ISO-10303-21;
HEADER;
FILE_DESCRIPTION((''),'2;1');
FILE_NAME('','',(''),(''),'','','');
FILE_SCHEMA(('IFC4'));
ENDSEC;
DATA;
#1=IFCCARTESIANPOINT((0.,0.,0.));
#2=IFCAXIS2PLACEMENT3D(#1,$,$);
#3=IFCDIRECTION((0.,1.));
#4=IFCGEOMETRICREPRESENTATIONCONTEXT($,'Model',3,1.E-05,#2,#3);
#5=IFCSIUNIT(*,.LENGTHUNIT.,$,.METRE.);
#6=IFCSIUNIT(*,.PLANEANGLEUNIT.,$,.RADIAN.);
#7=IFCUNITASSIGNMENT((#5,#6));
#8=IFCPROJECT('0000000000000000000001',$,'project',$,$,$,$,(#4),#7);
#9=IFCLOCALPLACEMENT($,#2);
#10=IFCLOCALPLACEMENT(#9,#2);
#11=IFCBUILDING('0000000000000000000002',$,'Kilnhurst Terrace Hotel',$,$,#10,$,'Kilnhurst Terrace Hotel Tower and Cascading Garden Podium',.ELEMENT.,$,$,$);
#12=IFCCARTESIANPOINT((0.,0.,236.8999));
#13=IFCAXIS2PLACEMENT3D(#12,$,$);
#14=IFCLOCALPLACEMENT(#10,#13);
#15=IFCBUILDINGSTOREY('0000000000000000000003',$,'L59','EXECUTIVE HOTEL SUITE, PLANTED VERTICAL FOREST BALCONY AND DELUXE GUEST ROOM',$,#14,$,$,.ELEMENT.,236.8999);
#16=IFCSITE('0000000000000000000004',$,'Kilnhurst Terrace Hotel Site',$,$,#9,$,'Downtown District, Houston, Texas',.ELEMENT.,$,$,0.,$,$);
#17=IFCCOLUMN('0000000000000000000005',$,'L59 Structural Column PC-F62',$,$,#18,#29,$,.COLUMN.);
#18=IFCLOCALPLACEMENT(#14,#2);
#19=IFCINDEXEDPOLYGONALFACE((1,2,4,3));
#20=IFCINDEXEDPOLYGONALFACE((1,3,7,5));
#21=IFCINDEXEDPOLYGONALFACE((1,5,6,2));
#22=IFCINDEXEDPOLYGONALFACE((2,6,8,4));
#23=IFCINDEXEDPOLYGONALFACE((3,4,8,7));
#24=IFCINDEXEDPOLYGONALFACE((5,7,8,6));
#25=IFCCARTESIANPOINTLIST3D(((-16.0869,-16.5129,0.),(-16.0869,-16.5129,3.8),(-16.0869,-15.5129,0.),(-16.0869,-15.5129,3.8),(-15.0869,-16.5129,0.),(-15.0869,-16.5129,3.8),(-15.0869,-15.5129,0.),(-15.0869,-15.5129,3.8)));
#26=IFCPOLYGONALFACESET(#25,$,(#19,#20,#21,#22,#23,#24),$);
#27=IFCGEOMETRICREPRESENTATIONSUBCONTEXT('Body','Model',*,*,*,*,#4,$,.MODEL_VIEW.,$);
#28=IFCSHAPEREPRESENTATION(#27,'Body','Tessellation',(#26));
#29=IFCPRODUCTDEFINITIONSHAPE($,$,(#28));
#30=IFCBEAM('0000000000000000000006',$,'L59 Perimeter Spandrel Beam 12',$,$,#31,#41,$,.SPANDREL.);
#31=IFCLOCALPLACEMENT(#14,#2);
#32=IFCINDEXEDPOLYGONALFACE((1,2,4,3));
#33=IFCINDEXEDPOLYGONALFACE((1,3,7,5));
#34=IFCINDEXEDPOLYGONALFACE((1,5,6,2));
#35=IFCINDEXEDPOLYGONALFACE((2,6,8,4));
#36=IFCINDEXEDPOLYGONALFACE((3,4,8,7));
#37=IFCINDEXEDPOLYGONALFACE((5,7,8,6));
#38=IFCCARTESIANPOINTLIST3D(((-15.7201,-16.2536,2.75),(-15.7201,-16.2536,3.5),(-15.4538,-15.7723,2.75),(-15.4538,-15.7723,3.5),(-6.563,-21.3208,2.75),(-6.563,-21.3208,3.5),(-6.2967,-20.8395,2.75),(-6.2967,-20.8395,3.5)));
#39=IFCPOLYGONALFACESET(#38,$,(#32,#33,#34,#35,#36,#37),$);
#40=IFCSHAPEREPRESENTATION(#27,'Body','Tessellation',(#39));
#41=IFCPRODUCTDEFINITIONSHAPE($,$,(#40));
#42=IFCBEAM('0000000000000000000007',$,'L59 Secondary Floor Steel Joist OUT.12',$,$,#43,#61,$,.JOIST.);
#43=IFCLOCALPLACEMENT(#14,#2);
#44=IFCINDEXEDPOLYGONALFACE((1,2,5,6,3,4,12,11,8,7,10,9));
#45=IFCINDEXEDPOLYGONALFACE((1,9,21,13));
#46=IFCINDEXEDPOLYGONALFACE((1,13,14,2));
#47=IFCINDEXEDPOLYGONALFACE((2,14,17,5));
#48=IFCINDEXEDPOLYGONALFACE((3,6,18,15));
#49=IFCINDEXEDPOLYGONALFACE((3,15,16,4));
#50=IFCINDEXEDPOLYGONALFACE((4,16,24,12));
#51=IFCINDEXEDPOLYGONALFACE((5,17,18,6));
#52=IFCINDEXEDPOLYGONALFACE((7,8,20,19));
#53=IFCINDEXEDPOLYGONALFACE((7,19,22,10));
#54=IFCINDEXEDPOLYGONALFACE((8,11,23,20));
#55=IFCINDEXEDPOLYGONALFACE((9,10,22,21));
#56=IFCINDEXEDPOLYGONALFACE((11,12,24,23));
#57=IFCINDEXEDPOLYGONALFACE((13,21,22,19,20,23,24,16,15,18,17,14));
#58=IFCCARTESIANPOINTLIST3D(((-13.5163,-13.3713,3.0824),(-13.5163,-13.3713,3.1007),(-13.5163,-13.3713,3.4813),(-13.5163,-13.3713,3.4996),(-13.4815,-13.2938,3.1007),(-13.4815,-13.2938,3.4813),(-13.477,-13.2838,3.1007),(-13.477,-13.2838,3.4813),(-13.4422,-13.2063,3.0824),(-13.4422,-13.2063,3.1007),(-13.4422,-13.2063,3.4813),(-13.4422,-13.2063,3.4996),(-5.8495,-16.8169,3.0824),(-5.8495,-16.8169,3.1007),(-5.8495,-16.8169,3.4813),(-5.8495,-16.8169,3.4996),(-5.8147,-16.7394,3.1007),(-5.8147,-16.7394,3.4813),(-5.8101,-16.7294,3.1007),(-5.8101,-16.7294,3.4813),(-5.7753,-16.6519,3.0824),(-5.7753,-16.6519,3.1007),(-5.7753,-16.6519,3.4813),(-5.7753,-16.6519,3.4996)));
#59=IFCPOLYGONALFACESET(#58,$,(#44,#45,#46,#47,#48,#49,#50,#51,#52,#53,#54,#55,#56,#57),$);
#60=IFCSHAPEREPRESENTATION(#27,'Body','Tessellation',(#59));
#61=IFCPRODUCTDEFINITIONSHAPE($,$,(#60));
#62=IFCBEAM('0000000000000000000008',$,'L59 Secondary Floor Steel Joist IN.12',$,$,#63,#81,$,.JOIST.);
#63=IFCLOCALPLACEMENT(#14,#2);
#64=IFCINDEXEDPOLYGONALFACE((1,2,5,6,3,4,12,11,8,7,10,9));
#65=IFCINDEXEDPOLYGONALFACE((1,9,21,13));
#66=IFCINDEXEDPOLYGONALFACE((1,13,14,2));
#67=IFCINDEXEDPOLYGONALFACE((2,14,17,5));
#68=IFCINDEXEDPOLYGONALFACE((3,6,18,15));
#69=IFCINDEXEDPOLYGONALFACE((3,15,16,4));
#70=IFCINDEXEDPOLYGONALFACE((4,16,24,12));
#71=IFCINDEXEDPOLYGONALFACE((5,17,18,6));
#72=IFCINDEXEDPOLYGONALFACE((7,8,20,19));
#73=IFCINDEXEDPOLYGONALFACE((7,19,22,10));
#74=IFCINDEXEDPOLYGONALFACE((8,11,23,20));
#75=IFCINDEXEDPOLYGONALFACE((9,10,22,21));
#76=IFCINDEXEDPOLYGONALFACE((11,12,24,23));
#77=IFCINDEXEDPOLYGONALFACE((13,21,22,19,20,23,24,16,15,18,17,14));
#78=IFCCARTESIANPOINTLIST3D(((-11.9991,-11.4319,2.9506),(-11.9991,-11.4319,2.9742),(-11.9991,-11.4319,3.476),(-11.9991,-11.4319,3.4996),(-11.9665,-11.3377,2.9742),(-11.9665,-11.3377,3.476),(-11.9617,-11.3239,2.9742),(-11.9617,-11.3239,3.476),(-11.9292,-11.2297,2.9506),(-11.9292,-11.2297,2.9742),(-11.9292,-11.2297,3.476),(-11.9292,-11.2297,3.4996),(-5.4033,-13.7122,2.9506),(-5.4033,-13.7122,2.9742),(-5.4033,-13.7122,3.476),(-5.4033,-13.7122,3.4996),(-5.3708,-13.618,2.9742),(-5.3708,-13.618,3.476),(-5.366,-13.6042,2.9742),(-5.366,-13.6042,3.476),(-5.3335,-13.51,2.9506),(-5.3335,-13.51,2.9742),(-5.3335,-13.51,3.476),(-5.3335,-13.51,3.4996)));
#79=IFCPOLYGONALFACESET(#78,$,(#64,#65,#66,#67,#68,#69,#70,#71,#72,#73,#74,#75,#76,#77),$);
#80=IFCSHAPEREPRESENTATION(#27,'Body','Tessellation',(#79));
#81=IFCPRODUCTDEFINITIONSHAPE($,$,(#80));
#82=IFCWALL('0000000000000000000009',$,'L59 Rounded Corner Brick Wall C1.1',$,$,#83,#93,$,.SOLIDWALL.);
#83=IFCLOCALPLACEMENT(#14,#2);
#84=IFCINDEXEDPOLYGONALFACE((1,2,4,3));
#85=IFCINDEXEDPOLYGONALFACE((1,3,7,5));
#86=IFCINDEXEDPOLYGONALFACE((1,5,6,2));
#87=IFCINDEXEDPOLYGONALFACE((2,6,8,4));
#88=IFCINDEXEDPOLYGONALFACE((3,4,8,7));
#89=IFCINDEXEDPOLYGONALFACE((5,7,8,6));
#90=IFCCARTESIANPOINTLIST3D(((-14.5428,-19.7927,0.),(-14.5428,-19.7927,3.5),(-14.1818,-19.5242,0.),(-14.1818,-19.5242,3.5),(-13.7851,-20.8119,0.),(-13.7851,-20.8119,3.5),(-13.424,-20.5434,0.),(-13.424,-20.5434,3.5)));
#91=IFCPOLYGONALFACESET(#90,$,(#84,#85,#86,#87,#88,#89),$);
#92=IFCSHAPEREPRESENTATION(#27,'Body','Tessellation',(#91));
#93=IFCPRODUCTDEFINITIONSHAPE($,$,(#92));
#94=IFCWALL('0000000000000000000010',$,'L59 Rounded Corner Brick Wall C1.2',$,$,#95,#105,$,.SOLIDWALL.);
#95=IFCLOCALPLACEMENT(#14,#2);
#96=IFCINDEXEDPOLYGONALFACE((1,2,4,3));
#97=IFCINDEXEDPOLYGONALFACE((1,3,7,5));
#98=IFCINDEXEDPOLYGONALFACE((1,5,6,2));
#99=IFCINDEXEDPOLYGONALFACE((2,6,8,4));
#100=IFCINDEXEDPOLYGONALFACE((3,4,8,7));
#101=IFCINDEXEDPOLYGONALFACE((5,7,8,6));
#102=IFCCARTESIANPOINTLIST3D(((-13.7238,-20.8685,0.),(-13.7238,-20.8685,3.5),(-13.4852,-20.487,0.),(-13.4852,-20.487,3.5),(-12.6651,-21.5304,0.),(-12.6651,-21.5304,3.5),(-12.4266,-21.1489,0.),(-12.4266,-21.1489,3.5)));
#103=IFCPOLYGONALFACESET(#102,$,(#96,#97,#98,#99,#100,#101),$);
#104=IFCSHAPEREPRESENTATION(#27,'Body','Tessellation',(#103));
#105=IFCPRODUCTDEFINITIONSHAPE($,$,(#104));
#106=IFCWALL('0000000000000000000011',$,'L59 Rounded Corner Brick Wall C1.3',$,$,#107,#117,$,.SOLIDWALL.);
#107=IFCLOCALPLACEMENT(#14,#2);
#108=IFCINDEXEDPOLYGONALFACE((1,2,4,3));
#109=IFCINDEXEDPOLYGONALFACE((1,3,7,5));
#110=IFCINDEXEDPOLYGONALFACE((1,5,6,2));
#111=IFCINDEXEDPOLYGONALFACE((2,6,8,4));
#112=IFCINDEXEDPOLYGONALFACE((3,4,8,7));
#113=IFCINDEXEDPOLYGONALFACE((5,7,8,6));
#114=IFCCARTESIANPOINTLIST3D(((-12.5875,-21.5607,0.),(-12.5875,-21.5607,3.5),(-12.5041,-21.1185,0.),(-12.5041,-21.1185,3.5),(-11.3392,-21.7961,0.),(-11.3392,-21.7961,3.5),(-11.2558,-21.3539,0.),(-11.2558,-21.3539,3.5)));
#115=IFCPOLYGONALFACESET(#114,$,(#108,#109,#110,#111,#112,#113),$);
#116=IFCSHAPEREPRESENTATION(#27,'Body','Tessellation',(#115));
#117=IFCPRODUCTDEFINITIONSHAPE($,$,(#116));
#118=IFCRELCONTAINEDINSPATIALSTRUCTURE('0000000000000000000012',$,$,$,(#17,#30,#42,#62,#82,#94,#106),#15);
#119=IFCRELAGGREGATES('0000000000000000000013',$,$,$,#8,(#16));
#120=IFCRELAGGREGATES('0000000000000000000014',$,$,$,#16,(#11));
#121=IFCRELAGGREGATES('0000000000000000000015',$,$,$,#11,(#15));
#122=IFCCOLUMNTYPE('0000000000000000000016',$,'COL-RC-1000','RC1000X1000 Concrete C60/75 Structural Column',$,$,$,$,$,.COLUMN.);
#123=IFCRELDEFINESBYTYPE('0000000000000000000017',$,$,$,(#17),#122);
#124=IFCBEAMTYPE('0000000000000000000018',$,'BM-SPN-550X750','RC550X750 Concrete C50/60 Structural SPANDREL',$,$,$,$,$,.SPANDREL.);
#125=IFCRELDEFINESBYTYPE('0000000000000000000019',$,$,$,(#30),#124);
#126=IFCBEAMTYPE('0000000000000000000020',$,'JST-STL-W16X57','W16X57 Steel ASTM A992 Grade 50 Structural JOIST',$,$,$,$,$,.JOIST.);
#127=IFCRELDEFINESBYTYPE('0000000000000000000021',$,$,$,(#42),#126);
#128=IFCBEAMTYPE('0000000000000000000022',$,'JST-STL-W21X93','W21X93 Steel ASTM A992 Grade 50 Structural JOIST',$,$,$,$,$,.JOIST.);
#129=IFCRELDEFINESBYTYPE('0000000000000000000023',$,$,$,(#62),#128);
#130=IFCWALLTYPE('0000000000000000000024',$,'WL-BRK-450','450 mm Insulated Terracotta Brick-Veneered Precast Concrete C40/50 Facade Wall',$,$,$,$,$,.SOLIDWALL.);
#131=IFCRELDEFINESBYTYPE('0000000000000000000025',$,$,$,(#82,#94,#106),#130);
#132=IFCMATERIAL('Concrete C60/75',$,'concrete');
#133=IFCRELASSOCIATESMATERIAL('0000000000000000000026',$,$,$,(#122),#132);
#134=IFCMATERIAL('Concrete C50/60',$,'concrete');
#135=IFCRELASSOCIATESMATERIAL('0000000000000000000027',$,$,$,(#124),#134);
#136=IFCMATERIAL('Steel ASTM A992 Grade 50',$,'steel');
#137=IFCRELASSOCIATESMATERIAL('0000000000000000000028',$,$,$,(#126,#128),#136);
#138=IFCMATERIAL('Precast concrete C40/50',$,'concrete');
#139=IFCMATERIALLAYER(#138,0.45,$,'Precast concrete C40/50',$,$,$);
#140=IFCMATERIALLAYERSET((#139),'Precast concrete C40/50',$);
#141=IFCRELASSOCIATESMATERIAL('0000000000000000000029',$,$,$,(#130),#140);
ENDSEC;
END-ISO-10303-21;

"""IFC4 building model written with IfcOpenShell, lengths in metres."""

from ifc_helpers import new_model, si_unit, direction, frame, frame_2d, origin, origin_2d, place, context, subcontext, project, spatial, rectangle, i_section, extrude, material, layer, layer_set, material_profile, profile_set, type_object, element, save


model = new_model("IFC4")

# Units and contexts
model_context = context("Model", 3, precision=1e-05, world=origin(), true_north=direction((0.0, 1.0)))
body_context = subcontext(model_context, "Body", "Model", "MODEL_VIEW")
ifc_project = project(units=[si_unit("LENGTHUNIT", "METRE"), si_unit("PLANEANGLEUNIT", "RADIAN")], contexts=[model_context])

# Site, building, storey
site_placement = place(None, origin())
site = spatial("IfcSite", under=ifc_project, at=site_placement, Name="Kilnhurst Terrace Hotel Site", LongName="Downtown District, Houston, Texas", CompositionType="ELEMENT", RefElevation=0.0)
building_placement = place(site_placement, origin())
building = spatial("IfcBuilding", under=site, at=building_placement, Name="Kilnhurst Terrace Hotel", LongName="Kilnhurst Terrace Hotel Tower and Cascading Garden Podium", CompositionType="ELEMENT")
storey_placement = place(building_placement, frame((0.0, 0.0, 236.8999)))
storey = spatial("IfcBuildingStorey", under=building, at=storey_placement, Name="L59", Description="EXECUTIVE HOTEL SUITE, PLANTED VERTICAL FOREST BALCONY AND DELUXE GUEST ROOM", CompositionType="ELEMENT", Elevation=236.8999)

# Column
ifc_material_1 = material(Name="Concrete C60/75", Category="concrete")
ifc_material_profile_1 = material_profile(ifc_material_1, rectangle(XDim=1.0, YDim=1.0, at=origin_2d()), Name="RC1000X1000")
ifc_profile_set_1 = profile_set([ifc_material_profile_1], Name="Concrete C60/75")
column_type = type_object("IfcColumnType", Name="COL-RC-1000", Description="RC1000X1000 Concrete C60/75 Structural Column", PredefinedType="COLUMN", material=ifc_profile_set_1)
column_placement = place(storey_placement, frame((-15.5869, -16.0129, 0.0), z_axis=(0.0, 0.0, 1.0), x_axis=(1.0, 0.0, 0.0)))
element("IfcColumn", 1, at=column_placement, inside=storey, type_object=column_type, Name="L59 Structural Column PC-F62", PredefinedType="COLUMN", context=body_context, shape_type="SweptSolid", body=[
    extrude(rectangle(XDim=1.0, YDim=1.0, at=origin_2d()), origin(), (0.0, 0.0, 1.0), 3.8),
])

# Beams
ifc_material_2 = material(Name="Concrete C50/60", Category="concrete")
ifc_material_profile_2 = material_profile(ifc_material_2, rectangle(XDim=0.55, YDim=0.75, at=origin_2d()), Name="RC550X750")
ifc_profile_set_2 = profile_set([ifc_material_profile_2], Name="Concrete C50/60")
beam_type_1 = type_object("IfcBeamType", Name="BM-SPN-550X750", Description="RC550X750 Concrete C50/60 Structural SPANDREL", PredefinedType="SPANDREL", material=ifc_profile_set_2)
beam_1_placement = place(storey_placement, frame((-15.5869, -16.0129, 3.125), z_axis=(0.87497, -0.484177, 0.0), x_axis=(0.484177, 0.87497, 0.0)))
element("IfcBeam", 2, at=beam_1_placement, inside=storey, type_object=beam_type_1, Name="L59 Perimeter Spandrel Beam 12", PredefinedType="SPANDREL", context=body_context, shape_type="SweptSolid", body=[
    extrude(rectangle(XDim=0.55, YDim=0.75, at=origin_2d()), origin(), (0.0, 0.0, 1.0), 10.4656),
])
ifc_material_3 = material(Name="Steel ASTM A992 Grade 50", Category="steel")
ifc_material_profile_3 = material_profile(ifc_material_3, i_section(OverallWidth=0.1809, OverallDepth=0.4172, WebThickness=0.011, FlangeThickness=0.0183, at=origin_2d()), Name="W16X57")
ifc_profile_set_3 = profile_set([ifc_material_profile_3], Name="Steel ASTM A992 Grade 50")
beam_type_2 = type_object("IfcBeamType", Name="JST-STL-W16X57", Description="W16X57 Steel ASTM A992 Grade 50 Structural JOIST", PredefinedType="JOIST", material=ifc_profile_set_3)
beam_2_placement = place(storey_placement, frame((-13.4792, -13.2888, 3.291), z_axis=(0.912121, -0.409921, 0.0), x_axis=(0.409921, 0.912121, 0.0)))
element("IfcBeam", 3, at=beam_2_placement, inside=storey, type_object=beam_type_2, Name="L59 Secondary Floor Steel Joist OUT.12", PredefinedType="JOIST", context=body_context, shape_type="SweptSolid", body=[
    extrude(i_section(OverallWidth=0.1809, OverallDepth=0.4172, WebThickness=0.011, FlangeThickness=0.0183, at=origin_2d()), origin(), (0.0, 0.0, 1.0), 8.4055),
])
ifc_material_profile_4 = material_profile(ifc_material_3, i_section(OverallWidth=0.2139, OverallDepth=0.5491, WebThickness=0.0146, FlangeThickness=0.0237, at=origin_2d()), Name="W21X93")
ifc_profile_set_4 = profile_set([ifc_material_profile_4], Name="Steel ASTM A992 Grade 50")
beam_type_3 = type_object("IfcBeamType", Name="JST-STL-W21X93", Description="W21X93 Steel ASTM A992 Grade 50 Structural JOIST", PredefinedType="JOIST", material=ifc_profile_set_4)
beam_3_placement = place(storey_placement, frame((-11.9641, -11.3308, 3.2251), z_axis=(0.945112, -0.326745, 0.0), x_axis=(0.326745, 0.945112, 0.0)))
element("IfcBeam", 4, at=beam_3_placement, inside=storey, type_object=beam_type_3, Name="L59 Secondary Floor Steel Joist IN.12", PredefinedType="JOIST", context=body_context, shape_type="SweptSolid", body=[
    extrude(i_section(OverallWidth=0.2139, OverallDepth=0.5491, WebThickness=0.0146, FlangeThickness=0.0237, at=origin_2d()), origin(), (0.0, 0.0, 1.0), 6.9788),
])

# Walls
ifc_material_4 = material(Name="Precast concrete C40/50", Category="concrete")
ifc_layer_1 = layer(ifc_material_4, 0.45, Name="Precast concrete C40/50")
ifc_layer_set_1 = layer_set([ifc_layer_1], Name="Precast concrete C40/50")
wall_type_1 = type_object("IfcWallType", Name="WL-BRK-450", Description="450 mm Insulated Terracotta Brick-Veneered Precast Concrete C40/50 Facade Wall", PredefinedType="SOLIDWALL", material=ifc_layer_set_1)
wall_1_placement = place(storey_placement, frame((-14.3623, -19.6584, 0.0), z_axis=(0.0, 0.0, 1.0), x_axis=(0.596642, -0.802507, 0.0)))
element("IfcWall", 5, at=wall_1_placement, inside=storey, type_object=wall_type_1, Name="L59 Rounded Corner Brick Wall C1.1", PredefinedType="SOLIDWALL", context=body_context, shape_type="SweptSolid", body=[
    extrude(rectangle(XDim=1.27, YDim=0.45, at=frame_2d((0.635, 0.0))), origin(), (0.0, 0.0, 1.0), 3.5),
])
wall_2_placement = place(storey_placement, frame((-13.6045, -20.6777, 0.0), z_axis=(0.0, 0.0, 1.0), x_axis=(0.84791, -0.53014, 0.0)))
element("IfcWall", 6, at=wall_2_placement, inside=storey, type_object=wall_type_1, Name="L59 Rounded Corner Brick Wall C1.2", PredefinedType="SOLIDWALL", context=body_context, shape_type="SweptSolid", body=[
    extrude(rectangle(XDim=1.2485, YDim=0.45, at=frame_2d((0.6243, 0.0))), origin(), (0.0, 0.0, 1.0), 3.5),
])
wall_3_placement = place(storey_placement, frame((-12.5459, -21.3396, 0.0), z_axis=(0.0, 0.0, 1.0), x_axis=(0.982687, -0.185275, 0.0)))
element("IfcWall", 7, at=wall_3_placement, inside=storey, type_object=wall_type_1, Name="L59 Rounded Corner Brick Wall C1.3", PredefinedType="SOLIDWALL", context=body_context, shape_type="SweptSolid", body=[
    extrude(rectangle(XDim=1.2703, YDim=0.45, at=frame_2d((0.6353, 0.0))), origin(), (0.0, 0.0, 1.0), 3.5),
])

save(model, "model.ifc")
